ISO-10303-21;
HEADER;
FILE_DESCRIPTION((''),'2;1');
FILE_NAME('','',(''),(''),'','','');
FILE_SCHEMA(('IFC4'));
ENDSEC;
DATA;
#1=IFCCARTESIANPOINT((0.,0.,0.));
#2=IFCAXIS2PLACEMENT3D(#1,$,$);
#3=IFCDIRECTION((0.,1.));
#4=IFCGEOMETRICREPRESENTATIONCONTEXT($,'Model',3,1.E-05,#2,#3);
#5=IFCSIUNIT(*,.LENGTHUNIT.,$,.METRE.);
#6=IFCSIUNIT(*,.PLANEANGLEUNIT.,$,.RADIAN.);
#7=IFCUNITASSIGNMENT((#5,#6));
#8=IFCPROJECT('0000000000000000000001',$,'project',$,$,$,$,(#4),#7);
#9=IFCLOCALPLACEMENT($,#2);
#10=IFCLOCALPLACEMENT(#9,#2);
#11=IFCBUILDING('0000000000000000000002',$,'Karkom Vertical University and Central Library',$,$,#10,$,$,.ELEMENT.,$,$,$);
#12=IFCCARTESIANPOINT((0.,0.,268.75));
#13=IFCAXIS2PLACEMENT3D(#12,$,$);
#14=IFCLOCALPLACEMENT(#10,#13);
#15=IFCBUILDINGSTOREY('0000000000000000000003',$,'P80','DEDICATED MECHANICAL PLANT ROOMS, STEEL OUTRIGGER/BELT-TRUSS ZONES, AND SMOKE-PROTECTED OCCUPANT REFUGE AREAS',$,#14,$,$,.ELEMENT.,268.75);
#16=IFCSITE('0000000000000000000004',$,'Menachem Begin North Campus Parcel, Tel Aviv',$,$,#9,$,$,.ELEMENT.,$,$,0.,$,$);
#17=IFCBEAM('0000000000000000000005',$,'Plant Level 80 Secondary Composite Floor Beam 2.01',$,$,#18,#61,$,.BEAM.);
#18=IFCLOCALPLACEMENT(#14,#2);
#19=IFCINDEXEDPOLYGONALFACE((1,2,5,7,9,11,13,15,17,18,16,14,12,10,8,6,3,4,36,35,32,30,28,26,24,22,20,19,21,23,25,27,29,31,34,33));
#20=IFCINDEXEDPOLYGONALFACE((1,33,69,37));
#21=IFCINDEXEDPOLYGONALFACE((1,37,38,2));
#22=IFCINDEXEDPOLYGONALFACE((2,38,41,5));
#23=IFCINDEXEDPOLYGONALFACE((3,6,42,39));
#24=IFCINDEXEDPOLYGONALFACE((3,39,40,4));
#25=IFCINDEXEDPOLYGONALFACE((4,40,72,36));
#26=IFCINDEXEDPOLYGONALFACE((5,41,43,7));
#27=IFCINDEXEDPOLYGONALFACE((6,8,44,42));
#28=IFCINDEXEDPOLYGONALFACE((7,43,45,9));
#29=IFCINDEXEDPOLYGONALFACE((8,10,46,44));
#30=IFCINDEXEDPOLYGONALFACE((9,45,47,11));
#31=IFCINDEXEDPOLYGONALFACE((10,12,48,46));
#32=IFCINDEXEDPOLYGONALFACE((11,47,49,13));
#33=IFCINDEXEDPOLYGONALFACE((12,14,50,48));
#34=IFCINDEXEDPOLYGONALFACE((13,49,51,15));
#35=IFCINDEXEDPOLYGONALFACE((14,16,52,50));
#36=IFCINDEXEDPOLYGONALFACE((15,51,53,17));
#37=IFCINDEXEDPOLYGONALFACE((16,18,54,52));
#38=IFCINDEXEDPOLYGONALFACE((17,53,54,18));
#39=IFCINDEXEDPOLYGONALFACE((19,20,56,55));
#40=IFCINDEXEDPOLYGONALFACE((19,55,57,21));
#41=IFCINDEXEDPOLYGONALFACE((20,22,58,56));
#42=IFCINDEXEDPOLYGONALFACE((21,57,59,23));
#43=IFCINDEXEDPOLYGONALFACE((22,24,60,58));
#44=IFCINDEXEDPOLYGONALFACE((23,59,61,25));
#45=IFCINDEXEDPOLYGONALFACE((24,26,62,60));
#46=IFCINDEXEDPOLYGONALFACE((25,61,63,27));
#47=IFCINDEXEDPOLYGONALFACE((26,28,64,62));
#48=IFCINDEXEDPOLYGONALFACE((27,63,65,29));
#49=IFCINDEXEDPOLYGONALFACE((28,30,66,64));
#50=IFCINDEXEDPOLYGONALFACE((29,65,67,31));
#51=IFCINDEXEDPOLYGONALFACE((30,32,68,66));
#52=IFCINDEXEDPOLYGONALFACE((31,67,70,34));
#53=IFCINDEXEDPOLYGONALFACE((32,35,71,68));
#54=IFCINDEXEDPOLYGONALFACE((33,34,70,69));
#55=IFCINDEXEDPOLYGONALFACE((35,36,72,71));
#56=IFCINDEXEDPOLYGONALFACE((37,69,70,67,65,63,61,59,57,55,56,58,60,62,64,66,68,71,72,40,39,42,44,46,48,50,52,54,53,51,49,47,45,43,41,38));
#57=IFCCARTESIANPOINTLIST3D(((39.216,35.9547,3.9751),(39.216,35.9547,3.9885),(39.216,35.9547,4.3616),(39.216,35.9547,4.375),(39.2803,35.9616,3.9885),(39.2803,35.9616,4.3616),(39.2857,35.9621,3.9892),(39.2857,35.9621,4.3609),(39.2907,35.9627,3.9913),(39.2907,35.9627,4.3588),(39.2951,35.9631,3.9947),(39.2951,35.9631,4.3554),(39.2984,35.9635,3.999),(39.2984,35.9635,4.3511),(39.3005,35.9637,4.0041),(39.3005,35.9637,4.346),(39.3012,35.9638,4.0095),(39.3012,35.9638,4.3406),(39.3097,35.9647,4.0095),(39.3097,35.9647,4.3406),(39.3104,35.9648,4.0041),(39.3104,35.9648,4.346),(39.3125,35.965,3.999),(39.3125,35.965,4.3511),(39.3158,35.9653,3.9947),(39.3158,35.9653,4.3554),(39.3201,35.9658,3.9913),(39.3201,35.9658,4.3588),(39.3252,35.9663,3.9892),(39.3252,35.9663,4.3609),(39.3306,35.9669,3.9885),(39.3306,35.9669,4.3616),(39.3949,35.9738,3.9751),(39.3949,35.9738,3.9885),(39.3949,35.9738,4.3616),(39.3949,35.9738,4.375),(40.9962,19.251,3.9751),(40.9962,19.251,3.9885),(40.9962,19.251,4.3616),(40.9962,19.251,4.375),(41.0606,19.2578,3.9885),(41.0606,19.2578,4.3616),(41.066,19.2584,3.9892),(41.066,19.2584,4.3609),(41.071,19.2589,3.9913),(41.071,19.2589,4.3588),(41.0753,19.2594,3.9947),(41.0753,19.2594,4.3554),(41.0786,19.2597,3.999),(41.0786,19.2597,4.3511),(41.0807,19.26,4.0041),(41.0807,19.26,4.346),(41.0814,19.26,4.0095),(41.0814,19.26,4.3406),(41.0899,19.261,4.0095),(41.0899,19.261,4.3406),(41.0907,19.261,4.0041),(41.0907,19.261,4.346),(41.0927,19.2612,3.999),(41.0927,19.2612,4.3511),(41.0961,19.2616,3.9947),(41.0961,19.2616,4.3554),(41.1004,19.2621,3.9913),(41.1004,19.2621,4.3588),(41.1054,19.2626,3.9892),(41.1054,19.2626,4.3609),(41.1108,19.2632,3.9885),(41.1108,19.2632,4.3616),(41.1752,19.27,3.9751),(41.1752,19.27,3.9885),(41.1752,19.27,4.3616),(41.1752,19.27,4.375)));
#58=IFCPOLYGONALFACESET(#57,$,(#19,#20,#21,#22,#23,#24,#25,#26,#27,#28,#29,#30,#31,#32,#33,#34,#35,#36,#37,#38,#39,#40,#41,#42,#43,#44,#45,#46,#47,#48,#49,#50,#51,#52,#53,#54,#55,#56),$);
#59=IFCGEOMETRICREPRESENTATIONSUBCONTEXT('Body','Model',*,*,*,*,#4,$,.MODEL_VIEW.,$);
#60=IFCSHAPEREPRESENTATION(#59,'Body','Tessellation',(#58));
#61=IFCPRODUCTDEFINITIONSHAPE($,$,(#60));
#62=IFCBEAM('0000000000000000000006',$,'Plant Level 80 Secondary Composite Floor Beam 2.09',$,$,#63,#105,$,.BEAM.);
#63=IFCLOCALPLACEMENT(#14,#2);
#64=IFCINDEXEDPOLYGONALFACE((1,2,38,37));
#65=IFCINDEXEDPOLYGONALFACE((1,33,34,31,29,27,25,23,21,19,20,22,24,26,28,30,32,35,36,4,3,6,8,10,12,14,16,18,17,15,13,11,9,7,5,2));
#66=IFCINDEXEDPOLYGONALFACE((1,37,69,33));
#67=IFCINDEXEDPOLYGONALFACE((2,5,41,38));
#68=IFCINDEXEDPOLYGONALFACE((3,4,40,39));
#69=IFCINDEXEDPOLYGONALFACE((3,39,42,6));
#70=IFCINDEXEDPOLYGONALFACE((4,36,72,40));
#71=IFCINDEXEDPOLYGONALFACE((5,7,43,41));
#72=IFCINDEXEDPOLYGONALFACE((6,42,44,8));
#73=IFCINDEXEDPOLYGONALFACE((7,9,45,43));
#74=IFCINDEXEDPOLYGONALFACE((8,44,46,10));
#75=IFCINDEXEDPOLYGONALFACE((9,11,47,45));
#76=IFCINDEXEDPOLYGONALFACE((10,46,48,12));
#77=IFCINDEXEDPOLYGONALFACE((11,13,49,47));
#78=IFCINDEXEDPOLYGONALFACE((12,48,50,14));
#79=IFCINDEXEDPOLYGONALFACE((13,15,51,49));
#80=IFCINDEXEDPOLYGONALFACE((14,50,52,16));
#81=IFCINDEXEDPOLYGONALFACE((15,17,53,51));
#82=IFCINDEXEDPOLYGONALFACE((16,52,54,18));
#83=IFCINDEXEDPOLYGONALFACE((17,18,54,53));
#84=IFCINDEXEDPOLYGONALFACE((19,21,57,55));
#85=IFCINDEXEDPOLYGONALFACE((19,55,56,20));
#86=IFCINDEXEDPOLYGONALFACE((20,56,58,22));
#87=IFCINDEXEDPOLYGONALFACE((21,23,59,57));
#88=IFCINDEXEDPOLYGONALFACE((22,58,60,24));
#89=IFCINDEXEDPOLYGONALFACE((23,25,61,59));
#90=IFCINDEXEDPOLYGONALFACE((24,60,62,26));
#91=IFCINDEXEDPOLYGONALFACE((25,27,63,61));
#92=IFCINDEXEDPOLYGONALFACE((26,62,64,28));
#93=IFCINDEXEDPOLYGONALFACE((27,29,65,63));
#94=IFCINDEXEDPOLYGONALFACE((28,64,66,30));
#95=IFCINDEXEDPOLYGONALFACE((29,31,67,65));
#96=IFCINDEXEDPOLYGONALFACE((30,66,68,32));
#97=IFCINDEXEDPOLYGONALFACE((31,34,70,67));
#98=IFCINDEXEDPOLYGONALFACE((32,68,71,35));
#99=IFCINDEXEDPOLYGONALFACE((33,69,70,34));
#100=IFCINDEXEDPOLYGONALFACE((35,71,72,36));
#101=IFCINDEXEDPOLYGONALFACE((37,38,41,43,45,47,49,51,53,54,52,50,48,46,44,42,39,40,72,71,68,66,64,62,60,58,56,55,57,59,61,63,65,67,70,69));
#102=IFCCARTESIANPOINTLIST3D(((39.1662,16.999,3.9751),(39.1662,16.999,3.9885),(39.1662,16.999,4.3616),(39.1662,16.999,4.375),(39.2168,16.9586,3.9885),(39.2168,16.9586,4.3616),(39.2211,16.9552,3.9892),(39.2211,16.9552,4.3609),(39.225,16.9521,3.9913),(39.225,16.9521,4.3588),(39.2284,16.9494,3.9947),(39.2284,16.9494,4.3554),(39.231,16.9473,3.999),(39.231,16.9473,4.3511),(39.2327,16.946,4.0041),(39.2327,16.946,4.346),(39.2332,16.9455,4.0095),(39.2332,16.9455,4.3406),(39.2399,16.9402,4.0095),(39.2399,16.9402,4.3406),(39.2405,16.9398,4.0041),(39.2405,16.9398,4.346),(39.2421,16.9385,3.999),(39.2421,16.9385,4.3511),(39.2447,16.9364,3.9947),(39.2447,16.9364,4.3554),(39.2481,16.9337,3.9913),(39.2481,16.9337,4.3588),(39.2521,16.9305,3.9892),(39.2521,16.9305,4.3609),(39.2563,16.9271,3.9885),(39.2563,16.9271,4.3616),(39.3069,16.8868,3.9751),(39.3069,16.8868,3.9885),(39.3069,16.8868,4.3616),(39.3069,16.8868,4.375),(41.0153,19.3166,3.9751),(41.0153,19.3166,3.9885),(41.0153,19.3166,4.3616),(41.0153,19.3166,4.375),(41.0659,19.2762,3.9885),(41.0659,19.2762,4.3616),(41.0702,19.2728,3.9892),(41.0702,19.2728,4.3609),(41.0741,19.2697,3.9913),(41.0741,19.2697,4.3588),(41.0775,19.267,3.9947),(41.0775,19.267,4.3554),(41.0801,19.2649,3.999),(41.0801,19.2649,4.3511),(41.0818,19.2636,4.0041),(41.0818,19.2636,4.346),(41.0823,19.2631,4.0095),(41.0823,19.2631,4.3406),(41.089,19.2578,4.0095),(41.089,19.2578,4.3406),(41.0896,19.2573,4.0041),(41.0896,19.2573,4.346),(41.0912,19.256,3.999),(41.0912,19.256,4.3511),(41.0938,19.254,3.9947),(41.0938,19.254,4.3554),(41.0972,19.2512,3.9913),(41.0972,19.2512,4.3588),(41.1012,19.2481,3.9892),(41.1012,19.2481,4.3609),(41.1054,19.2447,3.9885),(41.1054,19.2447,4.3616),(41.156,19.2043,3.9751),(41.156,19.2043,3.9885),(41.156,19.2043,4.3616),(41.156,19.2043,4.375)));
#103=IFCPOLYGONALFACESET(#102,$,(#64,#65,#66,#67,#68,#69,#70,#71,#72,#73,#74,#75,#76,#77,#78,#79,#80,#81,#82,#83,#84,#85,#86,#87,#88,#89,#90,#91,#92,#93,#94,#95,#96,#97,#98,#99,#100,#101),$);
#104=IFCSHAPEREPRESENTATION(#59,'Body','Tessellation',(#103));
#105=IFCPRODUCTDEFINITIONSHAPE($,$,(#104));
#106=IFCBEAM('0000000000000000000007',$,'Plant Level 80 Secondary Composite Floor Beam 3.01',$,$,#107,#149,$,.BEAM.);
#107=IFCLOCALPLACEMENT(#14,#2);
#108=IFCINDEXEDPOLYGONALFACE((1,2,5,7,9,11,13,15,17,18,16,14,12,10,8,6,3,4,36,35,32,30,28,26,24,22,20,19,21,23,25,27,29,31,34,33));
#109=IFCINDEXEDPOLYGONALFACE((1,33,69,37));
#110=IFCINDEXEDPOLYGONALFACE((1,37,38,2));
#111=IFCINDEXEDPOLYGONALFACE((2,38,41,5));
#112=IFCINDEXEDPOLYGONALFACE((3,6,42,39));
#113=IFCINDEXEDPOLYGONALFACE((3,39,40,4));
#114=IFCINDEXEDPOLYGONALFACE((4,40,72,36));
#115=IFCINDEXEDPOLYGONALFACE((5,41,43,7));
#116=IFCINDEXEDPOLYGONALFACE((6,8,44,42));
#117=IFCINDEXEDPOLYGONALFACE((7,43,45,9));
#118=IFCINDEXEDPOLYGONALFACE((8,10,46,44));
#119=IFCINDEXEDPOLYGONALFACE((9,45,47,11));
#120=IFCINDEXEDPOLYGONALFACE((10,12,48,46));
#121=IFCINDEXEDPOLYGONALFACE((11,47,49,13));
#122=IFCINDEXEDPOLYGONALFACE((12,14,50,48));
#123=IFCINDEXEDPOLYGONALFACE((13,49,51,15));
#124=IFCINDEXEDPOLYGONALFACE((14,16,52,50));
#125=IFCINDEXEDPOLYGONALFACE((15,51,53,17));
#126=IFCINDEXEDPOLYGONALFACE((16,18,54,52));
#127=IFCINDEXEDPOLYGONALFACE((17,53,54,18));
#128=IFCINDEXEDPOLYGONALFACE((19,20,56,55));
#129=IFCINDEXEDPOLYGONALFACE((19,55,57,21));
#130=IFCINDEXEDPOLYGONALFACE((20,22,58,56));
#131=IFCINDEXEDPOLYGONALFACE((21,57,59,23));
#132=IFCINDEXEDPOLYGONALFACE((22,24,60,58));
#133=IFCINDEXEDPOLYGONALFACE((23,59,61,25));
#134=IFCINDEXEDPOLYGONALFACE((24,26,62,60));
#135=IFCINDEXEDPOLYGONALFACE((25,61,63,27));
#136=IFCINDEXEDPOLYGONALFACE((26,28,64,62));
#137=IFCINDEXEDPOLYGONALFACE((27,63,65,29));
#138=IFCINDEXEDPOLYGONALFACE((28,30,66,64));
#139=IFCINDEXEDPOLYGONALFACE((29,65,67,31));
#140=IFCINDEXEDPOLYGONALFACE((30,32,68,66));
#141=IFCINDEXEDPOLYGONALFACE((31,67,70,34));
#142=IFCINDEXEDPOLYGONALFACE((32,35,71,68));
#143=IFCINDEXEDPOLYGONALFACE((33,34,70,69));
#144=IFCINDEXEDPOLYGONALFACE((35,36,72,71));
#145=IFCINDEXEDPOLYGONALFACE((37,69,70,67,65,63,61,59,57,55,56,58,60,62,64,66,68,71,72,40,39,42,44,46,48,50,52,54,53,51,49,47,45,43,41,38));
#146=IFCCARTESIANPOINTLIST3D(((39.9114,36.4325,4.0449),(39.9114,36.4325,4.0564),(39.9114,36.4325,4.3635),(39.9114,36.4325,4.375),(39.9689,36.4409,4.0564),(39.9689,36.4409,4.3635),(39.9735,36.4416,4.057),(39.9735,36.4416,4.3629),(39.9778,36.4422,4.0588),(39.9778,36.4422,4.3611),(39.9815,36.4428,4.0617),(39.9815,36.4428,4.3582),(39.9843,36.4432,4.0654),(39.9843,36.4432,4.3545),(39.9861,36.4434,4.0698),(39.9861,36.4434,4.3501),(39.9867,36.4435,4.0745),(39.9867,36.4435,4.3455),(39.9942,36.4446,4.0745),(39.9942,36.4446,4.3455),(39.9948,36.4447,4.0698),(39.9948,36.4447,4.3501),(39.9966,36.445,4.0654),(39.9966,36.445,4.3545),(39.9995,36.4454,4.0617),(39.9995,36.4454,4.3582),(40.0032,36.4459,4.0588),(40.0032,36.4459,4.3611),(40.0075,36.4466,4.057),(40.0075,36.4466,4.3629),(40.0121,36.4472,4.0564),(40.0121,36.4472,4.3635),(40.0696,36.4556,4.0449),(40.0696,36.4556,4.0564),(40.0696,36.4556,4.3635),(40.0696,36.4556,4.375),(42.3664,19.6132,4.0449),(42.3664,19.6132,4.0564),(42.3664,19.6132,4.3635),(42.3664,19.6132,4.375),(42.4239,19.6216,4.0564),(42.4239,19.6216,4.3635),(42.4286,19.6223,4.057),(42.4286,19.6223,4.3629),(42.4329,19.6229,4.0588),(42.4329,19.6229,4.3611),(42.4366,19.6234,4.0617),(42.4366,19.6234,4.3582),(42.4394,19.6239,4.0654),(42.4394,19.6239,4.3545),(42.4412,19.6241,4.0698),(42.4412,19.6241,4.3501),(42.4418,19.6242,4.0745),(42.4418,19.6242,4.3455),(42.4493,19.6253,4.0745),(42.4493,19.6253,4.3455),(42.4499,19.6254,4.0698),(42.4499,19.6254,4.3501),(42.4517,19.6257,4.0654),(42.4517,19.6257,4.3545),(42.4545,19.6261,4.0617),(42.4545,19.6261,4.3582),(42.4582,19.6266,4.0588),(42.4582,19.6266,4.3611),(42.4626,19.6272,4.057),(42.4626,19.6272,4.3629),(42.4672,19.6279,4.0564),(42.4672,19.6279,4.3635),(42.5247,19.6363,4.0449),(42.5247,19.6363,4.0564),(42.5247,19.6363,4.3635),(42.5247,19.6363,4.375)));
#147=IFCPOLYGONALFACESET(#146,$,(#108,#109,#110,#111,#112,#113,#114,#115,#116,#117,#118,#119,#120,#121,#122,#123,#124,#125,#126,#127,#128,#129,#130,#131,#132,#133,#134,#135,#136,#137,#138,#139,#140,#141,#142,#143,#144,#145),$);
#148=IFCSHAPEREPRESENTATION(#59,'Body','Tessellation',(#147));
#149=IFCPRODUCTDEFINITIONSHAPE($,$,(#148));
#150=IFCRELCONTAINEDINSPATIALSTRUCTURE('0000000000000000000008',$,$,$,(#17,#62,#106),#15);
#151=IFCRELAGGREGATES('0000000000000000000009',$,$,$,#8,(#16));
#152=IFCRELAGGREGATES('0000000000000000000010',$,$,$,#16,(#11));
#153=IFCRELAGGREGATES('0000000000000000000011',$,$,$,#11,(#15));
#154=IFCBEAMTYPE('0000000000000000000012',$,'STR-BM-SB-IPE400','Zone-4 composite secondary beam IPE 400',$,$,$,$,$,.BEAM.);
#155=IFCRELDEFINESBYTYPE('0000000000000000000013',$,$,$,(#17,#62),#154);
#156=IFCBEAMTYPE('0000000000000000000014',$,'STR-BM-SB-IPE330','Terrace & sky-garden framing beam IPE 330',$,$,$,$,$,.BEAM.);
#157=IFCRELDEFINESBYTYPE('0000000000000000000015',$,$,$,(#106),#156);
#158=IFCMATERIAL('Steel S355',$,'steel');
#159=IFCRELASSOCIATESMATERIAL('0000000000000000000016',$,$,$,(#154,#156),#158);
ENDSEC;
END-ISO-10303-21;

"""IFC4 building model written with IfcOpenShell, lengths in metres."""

from ifc_helpers import new_model, si_unit, direction, frame, origin, origin_with_axes, origin_2d, place, context, subcontext, project, spatial, i_section, extrude, source, transform, mapped, material, material_profile, profile_set, type_object, element, save


model = new_model("IFC4")

# Units and contexts
model_context = context("Model", 3, precision=1e-05, world=origin(), true_north=direction((0.0, 1.0)))
body_context = subcontext(model_context, "Body", "Model", "MODEL_VIEW")
ifc_project = project(units=[si_unit("LENGTHUNIT", "METRE"), si_unit("PLANEANGLEUNIT", "RADIAN")], contexts=[model_context])

# Site, building, storey
site_placement = place(None, origin())
site = spatial("IfcSite", under=ifc_project, at=site_placement, Name="Menachem Begin North Campus Parcel, Tel Aviv", CompositionType="ELEMENT", RefElevation=0.0)
building_placement = place(site_placement, origin())
building = spatial("IfcBuilding", under=site, at=building_placement, Name="Karkom Vertical University and Central Library", CompositionType="ELEMENT")
storey_placement = place(building_placement, frame((0.0, 0.0, 268.75)))
storey = spatial("IfcBuildingStorey", under=building, at=storey_placement, Name="P80", Description="DEDICATED MECHANICAL PLANT ROOMS, STEEL OUTRIGGER/BELT-TRUSS ZONES, AND SMOKE-PROTECTED OCCUPANT REFUGE AREAS", CompositionType="ELEMENT", Elevation=268.75)

# Beams
ifc_material_1 = material(Name="Steel S355", Category="steel")
ifc_material_profile_1 = material_profile(ifc_material_1, i_section(OverallWidth=0.1799, OverallDepth=0.3999, WebThickness=0.0085, FlangeThickness=0.0134, FilletRadius=0.021, at=origin_2d()), Name="IPE 400")
ifc_profile_set_1 = profile_set([ifc_material_profile_1], Name="Steel S355")
beam_type_1 = type_object("IfcBeamType", Name="STR-BM-SB-IPE400", Description="Zone-4 composite secondary beam IPE 400", PredefinedType="BEAM", material=ifc_profile_set_1)
shared_shape_1 = source(origin_with_axes(), body_context, "Body", "SweptSolid", [
    extrude(i_section(OverallWidth=0.1799, OverallDepth=0.3999, WebThickness=0.0085, FlangeThickness=0.0134, FilletRadius=0.021, at=origin_2d()), origin(), (0.0, 0.0, 1.0), 16.7983),
])
beam_1_placement = place(storey_placement, frame((41.0857, 19.2605, 4.175), z_axis=(-0.105978, 0.994368, 0.0), x_axis=(-0.994368, -0.105978, 0.0)))
element("IfcBeam", 1, at=beam_1_placement, inside=storey, type_object=beam_type_1, Name="Plant Level 80 Secondary Composite Floor Beam 2.01", PredefinedType="BEAM", context=body_context, shape_type="MappedRepresentation", body=[
    mapped(shared_shape_1, transform((0.0, 0.0, 0.0), scale=1.0)),
])
shared_shape_2 = source(origin_with_axes(), body_context, "Body", "SweptSolid", [
    extrude(i_section(OverallWidth=0.1799, OverallDepth=0.3999, WebThickness=0.0085, FlangeThickness=0.0134, FilletRadius=0.021, at=origin_2d()), origin(), (0.0, 0.0, 1.0), 2.9648),
])
beam_2_placement = place(storey_placement, frame((39.2366, 16.9429, 4.175), z_axis=(0.62367, 0.781688, 0.0), x_axis=(-0.781688, 0.62367, 0.0)))
element("IfcBeam", 2, at=beam_2_placement, inside=storey, type_object=beam_type_1, Name="Plant Level 80 Secondary Composite Floor Beam 2.09", PredefinedType="BEAM", context=body_context, shape_type="MappedRepresentation", body=[
    mapped(shared_shape_2, transform((0.0, 0.0, 0.0), scale=1.0)),
])
ifc_material_profile_2 = material_profile(ifc_material_1, i_section(OverallWidth=0.1599, OverallDepth=0.3301, WebThickness=0.0076, FlangeThickness=0.0115, FilletRadius=0.0181, at=origin_2d()), Name="IPE 330")
ifc_profile_set_2 = profile_set([ifc_material_profile_2], Name="Steel S355")
beam_type_2 = type_object("IfcBeamType", Name="STR-BM-SB-IPE330", Description="Terrace & sky-garden framing beam IPE 330", PredefinedType="BEAM", material=ifc_profile_set_2)
shared_shape_3 = source(origin_with_axes(), body_context, "Body", "SweptSolid", [
    extrude(i_section(OverallWidth=0.1599, OverallDepth=0.3301, WebThickness=0.0076, FlangeThickness=0.0115, FilletRadius=0.0181, at=origin_2d()), origin(), (0.0, 0.0, 1.0), 16.9976),
])
beam_3_placement = place(storey_placement, frame((42.4456, 19.6248, 4.21), z_axis=(-0.144437, 0.989514, 0.0), x_axis=(-0.989514, -0.144437, 0.0)))
element("IfcBeam", 3, at=beam_3_placement, inside=storey, type_object=beam_type_2, Name="Plant Level 80 Secondary Composite Floor Beam 3.01", PredefinedType="BEAM", context=body_context, shape_type="MappedRepresentation", body=[
    mapped(shared_shape_3, transform((0.0, 0.0, 0.0), scale=1.0)),
])

save(model, "model.ifc")
